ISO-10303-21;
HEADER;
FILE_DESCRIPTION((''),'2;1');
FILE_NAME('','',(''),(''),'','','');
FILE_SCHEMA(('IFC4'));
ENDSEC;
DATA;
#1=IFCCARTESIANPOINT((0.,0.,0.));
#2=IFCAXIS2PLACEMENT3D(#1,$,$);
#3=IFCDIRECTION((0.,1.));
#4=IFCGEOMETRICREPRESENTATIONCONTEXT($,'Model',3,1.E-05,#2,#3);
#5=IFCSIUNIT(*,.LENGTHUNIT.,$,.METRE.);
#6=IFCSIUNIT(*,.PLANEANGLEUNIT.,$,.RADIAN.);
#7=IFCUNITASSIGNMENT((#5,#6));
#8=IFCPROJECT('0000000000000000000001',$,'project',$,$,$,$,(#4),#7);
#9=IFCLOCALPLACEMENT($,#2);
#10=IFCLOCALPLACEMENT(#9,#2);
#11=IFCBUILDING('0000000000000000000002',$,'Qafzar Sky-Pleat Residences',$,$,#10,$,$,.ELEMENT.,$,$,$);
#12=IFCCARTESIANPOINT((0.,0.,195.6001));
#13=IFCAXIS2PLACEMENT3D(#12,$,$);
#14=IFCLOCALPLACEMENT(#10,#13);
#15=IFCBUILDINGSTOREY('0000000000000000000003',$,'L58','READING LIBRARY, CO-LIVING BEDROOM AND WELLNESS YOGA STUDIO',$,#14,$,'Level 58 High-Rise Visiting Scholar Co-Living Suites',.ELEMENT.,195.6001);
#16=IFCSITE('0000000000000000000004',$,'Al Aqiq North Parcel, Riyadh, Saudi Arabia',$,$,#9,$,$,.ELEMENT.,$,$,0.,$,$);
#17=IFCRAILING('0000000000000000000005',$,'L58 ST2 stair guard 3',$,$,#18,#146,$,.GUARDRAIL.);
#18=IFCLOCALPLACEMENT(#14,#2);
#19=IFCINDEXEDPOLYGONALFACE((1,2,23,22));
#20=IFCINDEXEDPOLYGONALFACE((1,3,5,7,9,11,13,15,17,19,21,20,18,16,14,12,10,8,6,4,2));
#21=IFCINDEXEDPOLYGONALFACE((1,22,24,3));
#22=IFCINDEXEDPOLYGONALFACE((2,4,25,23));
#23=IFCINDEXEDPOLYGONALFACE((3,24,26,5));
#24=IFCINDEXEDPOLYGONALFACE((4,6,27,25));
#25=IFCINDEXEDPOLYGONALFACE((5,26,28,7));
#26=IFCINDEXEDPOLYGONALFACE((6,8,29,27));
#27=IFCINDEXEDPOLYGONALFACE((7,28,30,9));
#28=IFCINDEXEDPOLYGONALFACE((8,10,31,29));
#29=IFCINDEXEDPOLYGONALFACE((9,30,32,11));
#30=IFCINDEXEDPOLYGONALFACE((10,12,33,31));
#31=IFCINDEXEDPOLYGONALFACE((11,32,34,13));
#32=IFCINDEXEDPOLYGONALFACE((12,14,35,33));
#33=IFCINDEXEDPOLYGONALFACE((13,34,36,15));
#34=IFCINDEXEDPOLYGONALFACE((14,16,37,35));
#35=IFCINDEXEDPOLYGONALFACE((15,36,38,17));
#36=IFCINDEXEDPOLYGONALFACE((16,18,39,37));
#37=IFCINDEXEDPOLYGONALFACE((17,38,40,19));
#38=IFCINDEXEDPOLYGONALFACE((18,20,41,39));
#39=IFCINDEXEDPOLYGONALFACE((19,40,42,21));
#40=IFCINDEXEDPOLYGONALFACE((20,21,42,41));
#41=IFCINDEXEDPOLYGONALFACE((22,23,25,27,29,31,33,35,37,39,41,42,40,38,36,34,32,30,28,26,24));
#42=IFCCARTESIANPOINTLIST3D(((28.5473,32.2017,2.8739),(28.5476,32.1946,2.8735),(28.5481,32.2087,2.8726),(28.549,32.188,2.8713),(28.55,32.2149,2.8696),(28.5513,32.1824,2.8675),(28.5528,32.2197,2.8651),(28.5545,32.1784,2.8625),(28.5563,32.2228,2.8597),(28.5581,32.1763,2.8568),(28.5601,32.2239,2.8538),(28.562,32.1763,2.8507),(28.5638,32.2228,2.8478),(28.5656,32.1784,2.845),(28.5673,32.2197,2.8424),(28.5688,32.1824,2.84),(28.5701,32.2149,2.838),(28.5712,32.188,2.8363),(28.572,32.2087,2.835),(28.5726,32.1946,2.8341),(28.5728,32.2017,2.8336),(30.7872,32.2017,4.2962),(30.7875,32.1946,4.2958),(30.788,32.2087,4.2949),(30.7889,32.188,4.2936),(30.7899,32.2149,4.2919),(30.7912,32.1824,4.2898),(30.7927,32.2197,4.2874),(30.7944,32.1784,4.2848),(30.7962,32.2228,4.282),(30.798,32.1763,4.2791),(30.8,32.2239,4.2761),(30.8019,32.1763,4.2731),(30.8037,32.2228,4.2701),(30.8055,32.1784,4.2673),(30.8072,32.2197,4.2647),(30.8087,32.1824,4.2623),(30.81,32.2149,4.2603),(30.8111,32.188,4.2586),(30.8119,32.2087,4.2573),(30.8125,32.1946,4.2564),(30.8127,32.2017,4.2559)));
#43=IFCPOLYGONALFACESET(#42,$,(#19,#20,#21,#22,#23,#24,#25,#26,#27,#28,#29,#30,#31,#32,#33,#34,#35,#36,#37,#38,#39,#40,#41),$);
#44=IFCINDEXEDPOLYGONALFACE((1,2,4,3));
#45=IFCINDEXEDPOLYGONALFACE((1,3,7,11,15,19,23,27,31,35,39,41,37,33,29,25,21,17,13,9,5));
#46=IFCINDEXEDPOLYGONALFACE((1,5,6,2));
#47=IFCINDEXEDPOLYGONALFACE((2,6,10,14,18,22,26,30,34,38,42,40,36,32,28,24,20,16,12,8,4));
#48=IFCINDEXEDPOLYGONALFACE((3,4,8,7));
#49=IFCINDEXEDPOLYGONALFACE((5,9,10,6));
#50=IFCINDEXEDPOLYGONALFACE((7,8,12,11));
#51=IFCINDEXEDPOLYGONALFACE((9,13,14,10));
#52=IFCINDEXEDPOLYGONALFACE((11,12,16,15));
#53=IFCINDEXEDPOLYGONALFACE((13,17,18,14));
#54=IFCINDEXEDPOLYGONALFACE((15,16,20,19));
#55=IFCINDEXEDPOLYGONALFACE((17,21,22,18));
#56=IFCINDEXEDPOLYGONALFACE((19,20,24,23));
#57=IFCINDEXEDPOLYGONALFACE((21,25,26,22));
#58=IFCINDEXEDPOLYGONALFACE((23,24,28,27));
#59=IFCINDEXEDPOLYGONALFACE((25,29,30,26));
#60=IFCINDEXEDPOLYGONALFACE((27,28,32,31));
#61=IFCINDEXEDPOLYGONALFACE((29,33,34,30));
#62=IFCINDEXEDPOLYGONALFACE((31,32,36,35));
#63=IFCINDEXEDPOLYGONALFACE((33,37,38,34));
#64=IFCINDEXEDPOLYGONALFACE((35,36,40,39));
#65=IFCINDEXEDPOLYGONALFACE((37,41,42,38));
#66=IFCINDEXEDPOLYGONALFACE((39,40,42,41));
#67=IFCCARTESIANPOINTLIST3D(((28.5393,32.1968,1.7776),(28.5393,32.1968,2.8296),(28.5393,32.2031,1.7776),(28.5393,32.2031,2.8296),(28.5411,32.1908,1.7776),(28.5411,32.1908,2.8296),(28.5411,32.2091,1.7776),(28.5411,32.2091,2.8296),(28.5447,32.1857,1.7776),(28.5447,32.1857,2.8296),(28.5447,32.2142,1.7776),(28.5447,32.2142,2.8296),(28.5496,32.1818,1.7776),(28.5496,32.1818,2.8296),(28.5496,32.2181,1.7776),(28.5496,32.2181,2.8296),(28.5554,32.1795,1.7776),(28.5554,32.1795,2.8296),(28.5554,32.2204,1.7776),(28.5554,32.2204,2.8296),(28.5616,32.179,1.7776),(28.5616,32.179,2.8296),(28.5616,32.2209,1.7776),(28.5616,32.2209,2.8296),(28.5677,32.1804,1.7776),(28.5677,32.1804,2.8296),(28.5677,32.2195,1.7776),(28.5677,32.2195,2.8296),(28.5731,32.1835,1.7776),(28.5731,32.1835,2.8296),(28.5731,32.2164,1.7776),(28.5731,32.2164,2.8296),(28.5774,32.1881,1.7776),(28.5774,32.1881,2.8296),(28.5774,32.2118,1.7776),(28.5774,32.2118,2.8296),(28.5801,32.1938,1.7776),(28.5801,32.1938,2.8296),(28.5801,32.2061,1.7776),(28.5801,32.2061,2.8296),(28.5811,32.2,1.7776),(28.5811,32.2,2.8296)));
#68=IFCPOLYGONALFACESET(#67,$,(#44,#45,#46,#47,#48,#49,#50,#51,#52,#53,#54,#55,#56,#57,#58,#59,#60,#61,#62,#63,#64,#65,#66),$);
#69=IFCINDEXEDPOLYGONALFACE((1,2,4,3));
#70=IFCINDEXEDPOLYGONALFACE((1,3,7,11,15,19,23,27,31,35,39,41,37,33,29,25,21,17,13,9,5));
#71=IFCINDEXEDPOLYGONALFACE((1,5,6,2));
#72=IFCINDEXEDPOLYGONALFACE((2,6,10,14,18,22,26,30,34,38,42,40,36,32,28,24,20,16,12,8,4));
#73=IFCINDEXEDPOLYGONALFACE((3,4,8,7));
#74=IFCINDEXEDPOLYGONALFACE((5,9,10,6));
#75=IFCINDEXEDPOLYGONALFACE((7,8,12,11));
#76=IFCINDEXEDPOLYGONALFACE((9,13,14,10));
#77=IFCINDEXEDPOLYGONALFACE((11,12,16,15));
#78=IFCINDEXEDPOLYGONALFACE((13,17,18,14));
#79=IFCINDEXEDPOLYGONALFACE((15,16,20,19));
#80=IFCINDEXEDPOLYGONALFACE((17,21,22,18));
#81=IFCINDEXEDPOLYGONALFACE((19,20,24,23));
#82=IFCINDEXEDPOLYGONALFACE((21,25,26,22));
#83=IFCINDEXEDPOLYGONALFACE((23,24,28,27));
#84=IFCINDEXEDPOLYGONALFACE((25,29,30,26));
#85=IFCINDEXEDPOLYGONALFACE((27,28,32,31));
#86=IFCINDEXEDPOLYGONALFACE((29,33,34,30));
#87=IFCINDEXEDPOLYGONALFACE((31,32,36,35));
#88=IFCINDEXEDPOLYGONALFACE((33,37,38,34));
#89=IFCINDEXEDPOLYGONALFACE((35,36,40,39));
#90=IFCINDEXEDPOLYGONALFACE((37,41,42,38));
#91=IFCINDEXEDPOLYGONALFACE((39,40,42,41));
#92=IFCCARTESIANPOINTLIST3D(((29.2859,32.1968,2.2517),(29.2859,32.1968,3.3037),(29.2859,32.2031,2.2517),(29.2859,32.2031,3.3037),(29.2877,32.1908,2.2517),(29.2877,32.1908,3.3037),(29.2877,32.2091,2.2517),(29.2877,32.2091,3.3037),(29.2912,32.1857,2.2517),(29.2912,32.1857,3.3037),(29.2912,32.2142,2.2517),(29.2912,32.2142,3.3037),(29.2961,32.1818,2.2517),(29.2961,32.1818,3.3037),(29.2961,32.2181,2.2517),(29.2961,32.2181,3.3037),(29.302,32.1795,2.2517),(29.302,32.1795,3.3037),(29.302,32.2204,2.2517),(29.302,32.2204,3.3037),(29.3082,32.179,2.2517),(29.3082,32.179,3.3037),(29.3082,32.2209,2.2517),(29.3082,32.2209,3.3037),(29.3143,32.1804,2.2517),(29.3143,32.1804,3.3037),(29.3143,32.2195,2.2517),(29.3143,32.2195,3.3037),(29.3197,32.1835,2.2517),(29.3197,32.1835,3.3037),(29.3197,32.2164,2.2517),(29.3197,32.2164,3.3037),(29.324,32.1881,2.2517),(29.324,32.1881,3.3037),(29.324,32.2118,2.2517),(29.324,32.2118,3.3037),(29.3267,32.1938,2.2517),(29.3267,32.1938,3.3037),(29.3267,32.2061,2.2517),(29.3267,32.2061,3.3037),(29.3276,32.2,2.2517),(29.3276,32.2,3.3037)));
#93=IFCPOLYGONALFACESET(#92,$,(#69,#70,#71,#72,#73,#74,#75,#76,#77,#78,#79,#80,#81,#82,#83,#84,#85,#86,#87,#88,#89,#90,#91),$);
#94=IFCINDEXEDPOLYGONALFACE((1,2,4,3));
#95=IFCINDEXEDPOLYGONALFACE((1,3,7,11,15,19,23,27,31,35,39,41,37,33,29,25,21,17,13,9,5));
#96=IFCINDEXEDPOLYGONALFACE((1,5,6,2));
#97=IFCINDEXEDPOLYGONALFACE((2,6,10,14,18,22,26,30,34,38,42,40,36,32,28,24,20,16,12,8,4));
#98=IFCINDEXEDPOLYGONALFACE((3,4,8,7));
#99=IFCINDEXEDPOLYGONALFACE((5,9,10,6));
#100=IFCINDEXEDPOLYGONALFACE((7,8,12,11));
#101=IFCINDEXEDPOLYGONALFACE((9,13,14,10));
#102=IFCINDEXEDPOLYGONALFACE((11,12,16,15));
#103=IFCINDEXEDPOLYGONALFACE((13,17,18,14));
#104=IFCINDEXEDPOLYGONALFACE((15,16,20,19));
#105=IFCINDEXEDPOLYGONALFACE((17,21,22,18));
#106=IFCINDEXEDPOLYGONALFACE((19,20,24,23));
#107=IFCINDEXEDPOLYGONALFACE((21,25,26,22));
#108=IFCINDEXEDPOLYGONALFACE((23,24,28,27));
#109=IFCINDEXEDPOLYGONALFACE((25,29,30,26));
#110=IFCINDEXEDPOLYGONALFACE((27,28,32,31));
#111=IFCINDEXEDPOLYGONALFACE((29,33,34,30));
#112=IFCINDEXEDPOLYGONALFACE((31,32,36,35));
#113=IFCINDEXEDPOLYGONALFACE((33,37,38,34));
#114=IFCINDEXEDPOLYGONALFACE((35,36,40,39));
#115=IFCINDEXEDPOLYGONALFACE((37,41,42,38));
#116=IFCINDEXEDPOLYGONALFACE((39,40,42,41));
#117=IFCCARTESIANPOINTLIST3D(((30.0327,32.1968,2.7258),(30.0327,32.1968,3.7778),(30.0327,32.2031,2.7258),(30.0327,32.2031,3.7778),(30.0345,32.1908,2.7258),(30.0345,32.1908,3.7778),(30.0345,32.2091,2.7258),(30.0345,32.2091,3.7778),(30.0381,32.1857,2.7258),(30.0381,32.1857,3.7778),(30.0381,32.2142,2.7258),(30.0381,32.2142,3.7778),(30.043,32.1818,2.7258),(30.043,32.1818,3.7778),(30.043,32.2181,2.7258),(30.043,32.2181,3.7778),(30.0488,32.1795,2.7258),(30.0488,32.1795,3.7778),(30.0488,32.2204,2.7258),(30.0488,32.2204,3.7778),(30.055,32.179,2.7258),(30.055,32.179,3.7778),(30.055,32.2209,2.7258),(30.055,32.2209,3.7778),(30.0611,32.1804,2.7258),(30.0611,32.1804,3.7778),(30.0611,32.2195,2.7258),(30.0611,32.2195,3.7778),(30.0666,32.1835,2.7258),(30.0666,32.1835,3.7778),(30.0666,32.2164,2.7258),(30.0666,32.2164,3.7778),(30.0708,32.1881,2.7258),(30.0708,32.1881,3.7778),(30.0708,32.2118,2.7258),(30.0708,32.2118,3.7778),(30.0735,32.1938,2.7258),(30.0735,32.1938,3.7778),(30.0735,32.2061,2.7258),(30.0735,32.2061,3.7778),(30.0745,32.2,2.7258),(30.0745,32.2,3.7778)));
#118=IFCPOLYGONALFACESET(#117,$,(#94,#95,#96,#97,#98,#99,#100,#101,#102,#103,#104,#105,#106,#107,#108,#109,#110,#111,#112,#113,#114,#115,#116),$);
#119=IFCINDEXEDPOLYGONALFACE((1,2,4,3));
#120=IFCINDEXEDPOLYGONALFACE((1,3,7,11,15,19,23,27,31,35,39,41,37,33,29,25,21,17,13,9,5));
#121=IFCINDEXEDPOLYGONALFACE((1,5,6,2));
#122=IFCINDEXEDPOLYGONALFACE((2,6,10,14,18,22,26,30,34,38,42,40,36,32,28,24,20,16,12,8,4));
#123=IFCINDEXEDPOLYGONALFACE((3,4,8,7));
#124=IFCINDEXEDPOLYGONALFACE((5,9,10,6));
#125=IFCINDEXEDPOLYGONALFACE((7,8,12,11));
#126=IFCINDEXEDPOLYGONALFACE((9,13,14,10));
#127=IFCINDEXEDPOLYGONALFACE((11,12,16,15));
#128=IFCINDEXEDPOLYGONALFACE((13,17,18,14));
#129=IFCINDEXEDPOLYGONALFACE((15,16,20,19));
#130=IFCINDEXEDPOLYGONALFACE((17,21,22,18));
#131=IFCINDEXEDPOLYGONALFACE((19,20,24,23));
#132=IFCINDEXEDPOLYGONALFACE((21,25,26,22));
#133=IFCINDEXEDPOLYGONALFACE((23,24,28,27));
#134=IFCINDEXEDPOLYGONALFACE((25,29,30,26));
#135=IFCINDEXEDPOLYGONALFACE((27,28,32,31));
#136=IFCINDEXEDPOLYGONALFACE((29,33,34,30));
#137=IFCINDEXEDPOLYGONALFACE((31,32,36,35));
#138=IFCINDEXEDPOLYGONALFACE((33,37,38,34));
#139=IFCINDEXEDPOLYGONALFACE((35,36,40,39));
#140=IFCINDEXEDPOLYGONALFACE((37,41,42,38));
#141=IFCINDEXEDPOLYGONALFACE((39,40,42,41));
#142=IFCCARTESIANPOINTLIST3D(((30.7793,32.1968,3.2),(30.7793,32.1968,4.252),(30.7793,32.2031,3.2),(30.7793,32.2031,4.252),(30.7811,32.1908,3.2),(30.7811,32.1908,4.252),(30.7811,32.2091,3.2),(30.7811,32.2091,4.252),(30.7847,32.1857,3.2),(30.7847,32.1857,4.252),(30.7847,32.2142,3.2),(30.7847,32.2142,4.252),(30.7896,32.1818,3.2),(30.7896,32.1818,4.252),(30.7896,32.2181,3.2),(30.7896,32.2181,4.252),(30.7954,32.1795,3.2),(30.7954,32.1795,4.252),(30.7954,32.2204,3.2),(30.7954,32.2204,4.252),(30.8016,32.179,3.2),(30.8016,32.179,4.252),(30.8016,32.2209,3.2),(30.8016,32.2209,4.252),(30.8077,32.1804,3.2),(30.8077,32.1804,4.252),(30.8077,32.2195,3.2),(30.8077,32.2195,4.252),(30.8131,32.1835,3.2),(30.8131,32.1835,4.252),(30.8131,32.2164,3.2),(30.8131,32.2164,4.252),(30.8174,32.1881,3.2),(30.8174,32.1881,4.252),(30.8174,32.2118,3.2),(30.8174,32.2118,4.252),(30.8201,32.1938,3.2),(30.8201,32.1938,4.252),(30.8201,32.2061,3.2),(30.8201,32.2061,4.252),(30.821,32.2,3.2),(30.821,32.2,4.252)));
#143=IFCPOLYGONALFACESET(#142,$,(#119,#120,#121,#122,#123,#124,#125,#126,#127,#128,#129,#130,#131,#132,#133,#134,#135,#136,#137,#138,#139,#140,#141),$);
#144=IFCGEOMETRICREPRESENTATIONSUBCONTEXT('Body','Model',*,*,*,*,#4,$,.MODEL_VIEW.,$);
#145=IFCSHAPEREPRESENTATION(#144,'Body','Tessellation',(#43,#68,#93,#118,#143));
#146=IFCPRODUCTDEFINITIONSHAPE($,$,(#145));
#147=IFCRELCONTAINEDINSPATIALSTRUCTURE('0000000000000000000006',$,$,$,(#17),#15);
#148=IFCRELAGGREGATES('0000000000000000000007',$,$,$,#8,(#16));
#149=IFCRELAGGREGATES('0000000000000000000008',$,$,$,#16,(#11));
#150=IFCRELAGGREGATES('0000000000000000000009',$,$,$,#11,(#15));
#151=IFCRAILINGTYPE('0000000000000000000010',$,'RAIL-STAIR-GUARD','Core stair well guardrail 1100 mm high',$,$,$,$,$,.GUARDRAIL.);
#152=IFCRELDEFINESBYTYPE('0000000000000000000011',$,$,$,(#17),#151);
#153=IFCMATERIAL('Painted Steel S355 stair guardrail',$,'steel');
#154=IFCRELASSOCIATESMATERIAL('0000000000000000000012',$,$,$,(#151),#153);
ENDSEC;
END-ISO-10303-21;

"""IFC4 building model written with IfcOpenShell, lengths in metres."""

from ifc_helpers import new_model, si_unit, direction, frame, origin, origin_2d, place, context, subcontext, project, spatial, circle, extrude, source, transform, mapped, material, type_object, element, save


model = new_model("IFC4")

# Units and contexts
model_context = context("Model", 3, precision=1e-05, world=origin(), true_north=direction((0.0, 1.0)))
body_context = subcontext(model_context, "Body", "Model", "MODEL_VIEW")
ifc_project = project(units=[si_unit("LENGTHUNIT", "METRE"), si_unit("PLANEANGLEUNIT", "RADIAN")], contexts=[model_context])

# Site, building, storey
site_placement = place(None, origin())
site = spatial("IfcSite", under=ifc_project, at=site_placement, Name="Al Aqiq North Parcel, Riyadh, Saudi Arabia", CompositionType="ELEMENT", RefElevation=0.0)
building_placement = place(site_placement, origin())
building = spatial("IfcBuilding", under=site, at=building_placement, Name="Qafzar Sky-Pleat Residences", CompositionType="ELEMENT")
storey_placement = place(building_placement, frame((0.0, 0.0, 195.6001)))
storey = spatial("IfcBuildingStorey", under=building, at=storey_placement, Name="L58", Description="READING LIBRARY, CO-LIVING BEDROOM AND WELLNESS YOGA STUDIO", LongName="Level 58 High-Rise Visiting Scholar Co-Living Suites", CompositionType="ELEMENT", Elevation=195.6001)

# Railing
ifc_material_1 = material(Name="Painted Steel S355 stair guardrail", Category="steel")
railing_type_1 = type_object("IfcRailingType", Name="RAIL-STAIR-GUARD", Description="Core stair well guardrail 1100 mm high", PredefinedType="GUARDRAIL", material=ifc_material_1)
shared_shape_1 = source(origin(), body_context, "Body", "SweptSolid", [
    extrude(circle(Radius=0.0239, at=origin_2d()), frame((0.0, 0.0, 1.0762), z_axis=(0.844188, 0.0, 0.536048), x_axis=(0.0, 1.0, 0.0)), (0.0, 0.0, 1.0), 2.6533),
    extrude(circle(Radius=0.021, at=origin_2d()), origin(), (0.0, 0.0, 1.0), 1.052),
    extrude(circle(Radius=0.021, at=origin_2d()), frame((0.7466, 0.0, 0.4741)), (0.0, 0.0, 1.0), 1.052),
    extrude(circle(Radius=0.021, at=origin_2d()), frame((1.4934, 0.0, 0.9482)), (0.0, 0.0, 1.0), 1.052),
    extrude(circle(Radius=0.021, at=origin_2d()), frame((2.24, 0.0, 1.4224)), (0.0, 0.0, 1.0), 1.052),
])
railing_1_placement = place(storey_placement, frame((28.5601, 32.2, 1.7776)))
element("IfcRailing", 1, at=railing_1_placement, inside=storey, type_object=railing_type_1, Name="L58 ST2 stair guard 3", PredefinedType="GUARDRAIL", context=body_context, shape_type="MappedRepresentation", body=[
    mapped(shared_shape_1, transform((0.0, 0.0, 0.0), x_axis=(1.0, 0.0, 0.0), y_axis=(0.0, 1.0, 0.0), z_axis=(0.0, 0.0, 1.0), scale=1.0)),
])

save(model, "model.ifc")
